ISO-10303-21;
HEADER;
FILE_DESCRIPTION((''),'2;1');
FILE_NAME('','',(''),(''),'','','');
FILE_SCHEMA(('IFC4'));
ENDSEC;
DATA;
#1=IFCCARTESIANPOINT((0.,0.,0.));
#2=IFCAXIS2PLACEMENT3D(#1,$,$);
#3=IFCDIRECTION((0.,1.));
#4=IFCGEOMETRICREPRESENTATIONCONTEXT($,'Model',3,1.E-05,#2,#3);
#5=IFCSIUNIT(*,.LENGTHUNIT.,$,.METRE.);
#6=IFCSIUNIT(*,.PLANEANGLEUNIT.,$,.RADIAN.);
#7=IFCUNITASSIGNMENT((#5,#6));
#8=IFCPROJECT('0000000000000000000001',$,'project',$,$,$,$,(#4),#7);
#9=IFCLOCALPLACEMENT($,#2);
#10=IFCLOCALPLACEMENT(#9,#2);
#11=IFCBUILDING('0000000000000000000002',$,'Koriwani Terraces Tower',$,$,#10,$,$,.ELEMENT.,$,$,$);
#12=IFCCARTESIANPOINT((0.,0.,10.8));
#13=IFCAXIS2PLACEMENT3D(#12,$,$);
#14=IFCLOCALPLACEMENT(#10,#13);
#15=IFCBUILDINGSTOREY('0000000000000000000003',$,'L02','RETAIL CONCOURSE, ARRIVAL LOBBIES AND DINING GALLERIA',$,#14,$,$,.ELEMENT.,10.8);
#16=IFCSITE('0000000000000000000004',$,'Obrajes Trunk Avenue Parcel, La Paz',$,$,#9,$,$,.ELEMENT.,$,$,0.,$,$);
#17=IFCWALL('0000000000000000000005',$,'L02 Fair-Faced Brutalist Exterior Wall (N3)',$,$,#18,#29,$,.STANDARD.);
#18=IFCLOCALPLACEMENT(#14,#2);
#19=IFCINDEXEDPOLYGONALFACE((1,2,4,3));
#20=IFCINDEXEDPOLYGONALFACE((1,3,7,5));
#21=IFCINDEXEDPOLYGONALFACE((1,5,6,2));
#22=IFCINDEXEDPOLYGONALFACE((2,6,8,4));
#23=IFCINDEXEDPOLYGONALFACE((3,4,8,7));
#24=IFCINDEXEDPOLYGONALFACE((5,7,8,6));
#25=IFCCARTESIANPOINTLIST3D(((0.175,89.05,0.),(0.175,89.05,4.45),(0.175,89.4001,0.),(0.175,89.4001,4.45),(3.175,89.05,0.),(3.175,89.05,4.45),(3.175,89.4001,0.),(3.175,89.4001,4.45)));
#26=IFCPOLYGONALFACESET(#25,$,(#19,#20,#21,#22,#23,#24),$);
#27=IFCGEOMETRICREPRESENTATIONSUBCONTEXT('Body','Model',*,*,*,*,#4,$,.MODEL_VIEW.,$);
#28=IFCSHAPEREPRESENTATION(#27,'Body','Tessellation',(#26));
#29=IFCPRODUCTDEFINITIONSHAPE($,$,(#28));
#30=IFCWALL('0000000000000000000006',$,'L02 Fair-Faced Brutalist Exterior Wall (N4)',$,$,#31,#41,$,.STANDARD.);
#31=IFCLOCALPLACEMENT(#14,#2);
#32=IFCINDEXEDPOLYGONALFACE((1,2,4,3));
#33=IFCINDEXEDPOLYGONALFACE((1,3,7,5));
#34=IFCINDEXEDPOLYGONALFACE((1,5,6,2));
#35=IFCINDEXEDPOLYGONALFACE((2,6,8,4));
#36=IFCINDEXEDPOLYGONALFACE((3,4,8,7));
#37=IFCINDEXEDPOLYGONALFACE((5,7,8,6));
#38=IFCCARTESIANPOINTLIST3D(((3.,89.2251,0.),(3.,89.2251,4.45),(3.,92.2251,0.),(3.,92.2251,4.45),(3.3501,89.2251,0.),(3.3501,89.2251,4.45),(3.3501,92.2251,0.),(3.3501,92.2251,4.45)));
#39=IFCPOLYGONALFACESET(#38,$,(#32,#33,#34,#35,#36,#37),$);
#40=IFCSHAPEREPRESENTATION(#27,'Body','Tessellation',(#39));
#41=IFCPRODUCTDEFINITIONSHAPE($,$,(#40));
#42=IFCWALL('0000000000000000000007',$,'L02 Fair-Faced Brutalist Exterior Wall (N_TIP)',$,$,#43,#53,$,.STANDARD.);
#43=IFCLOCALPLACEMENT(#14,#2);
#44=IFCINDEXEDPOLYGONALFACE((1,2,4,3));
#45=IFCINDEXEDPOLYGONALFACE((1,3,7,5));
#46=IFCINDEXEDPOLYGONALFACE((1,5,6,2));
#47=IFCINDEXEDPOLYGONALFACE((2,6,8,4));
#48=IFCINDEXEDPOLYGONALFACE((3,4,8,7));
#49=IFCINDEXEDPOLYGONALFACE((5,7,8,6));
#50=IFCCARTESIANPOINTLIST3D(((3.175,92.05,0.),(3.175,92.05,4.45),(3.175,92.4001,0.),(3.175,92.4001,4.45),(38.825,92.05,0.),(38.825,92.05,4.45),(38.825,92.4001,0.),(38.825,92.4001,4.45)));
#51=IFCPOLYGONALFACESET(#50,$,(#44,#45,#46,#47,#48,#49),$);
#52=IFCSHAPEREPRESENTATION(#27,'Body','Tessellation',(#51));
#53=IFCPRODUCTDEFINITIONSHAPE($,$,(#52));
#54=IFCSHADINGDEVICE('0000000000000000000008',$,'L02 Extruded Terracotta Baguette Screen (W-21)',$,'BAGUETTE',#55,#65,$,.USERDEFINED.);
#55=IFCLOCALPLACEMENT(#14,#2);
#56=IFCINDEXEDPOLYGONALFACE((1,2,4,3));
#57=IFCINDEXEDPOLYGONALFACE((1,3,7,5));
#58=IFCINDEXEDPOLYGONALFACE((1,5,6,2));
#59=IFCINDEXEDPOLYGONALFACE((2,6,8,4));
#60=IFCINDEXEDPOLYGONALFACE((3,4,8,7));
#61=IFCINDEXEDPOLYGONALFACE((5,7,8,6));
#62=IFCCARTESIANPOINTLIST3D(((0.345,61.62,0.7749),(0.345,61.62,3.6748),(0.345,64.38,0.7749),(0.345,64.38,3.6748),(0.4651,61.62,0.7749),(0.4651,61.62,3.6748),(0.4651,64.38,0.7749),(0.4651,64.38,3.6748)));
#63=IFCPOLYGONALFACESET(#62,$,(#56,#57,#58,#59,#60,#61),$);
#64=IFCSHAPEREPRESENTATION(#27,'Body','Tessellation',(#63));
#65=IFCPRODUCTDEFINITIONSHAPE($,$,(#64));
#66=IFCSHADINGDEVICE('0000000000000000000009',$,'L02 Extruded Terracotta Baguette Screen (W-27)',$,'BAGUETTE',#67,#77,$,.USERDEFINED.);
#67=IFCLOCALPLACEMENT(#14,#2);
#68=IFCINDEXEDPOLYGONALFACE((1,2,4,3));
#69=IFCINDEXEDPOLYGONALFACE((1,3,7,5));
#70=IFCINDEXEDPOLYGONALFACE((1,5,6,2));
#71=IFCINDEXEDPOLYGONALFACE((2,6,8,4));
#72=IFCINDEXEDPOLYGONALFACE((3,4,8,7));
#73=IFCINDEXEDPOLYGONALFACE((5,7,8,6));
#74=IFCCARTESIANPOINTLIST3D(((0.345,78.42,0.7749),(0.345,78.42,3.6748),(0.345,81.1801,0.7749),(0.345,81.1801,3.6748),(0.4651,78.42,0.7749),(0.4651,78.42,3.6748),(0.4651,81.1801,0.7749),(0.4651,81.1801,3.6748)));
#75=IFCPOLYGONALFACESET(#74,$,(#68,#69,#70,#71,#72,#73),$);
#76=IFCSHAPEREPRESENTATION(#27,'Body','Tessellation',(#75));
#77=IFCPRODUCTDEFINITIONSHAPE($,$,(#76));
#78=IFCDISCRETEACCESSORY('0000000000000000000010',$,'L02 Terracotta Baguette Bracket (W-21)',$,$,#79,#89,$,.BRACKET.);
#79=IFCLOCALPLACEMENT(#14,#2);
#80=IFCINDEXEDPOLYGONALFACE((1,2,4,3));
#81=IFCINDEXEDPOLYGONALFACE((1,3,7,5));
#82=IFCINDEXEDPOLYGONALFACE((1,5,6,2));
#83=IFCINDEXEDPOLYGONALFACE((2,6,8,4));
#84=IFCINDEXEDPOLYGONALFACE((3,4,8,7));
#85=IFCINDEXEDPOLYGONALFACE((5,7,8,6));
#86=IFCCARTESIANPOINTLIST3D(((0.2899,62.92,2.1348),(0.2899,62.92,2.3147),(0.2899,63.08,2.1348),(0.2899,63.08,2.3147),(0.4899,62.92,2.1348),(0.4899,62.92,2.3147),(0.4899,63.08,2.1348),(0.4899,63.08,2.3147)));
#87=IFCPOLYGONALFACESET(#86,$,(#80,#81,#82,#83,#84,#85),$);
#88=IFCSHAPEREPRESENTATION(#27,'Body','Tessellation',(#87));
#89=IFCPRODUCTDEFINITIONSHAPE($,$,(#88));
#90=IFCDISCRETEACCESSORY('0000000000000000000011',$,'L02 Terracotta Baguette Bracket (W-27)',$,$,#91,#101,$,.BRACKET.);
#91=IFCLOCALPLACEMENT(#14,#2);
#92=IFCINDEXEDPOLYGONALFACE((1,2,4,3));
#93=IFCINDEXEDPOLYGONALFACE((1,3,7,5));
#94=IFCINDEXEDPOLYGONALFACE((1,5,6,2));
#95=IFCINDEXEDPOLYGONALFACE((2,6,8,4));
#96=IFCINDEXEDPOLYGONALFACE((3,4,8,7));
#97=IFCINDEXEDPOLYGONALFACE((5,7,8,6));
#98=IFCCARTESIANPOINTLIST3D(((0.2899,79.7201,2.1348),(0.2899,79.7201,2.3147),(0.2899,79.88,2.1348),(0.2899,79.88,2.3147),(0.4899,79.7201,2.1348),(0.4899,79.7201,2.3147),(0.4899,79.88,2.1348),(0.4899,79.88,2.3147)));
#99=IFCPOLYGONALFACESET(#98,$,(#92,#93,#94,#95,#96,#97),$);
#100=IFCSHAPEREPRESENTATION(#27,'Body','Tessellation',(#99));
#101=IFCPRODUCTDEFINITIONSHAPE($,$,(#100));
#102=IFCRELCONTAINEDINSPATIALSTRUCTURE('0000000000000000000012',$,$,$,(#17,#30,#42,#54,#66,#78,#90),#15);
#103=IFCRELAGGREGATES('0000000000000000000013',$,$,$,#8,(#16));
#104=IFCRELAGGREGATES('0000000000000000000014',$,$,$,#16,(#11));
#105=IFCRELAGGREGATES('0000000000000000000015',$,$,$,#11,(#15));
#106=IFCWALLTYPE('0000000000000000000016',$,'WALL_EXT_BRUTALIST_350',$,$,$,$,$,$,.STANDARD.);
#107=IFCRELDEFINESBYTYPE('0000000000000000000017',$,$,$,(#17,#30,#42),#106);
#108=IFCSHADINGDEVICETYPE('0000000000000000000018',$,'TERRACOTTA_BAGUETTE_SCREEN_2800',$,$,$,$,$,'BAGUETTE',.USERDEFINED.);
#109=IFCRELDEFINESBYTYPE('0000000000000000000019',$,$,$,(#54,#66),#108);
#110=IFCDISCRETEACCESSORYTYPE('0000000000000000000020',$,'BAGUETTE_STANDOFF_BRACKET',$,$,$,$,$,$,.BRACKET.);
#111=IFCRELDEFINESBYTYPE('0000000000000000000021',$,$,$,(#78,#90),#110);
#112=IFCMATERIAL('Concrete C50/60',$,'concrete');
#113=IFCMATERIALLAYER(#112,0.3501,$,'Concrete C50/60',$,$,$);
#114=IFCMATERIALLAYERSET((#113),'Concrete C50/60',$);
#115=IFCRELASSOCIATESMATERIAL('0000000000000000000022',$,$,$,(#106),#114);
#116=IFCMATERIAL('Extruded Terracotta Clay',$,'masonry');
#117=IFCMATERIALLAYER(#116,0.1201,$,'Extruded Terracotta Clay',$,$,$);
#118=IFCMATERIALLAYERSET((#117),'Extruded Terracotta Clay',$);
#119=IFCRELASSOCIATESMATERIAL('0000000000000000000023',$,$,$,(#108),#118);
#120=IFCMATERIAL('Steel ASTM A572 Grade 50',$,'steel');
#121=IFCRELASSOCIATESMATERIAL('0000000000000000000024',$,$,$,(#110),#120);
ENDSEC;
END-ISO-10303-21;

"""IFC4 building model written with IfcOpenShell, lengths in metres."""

from ifc_helpers import new_model, si_unit, direction, frame, frame_2d, origin, origin_2d, place, context, subcontext, project, spatial, rectangle, extrude, material, layer, layer_set, type_object, element, save


model = new_model("IFC4")

# Units and contexts
model_context = context("Model", 3, precision=1e-05, world=origin(), true_north=direction((0.0, 1.0)))
body_context = subcontext(model_context, "Body", "Model", "MODEL_VIEW")
ifc_project = project(units=[si_unit("LENGTHUNIT", "METRE"), si_unit("PLANEANGLEUNIT", "RADIAN")], contexts=[model_context])

# Site, building, storey
site_placement = place(None, origin())
site = spatial("IfcSite", under=ifc_project, at=site_placement, Name="Obrajes Trunk Avenue Parcel, La Paz", CompositionType="ELEMENT", RefElevation=0.0)
building_placement = place(site_placement, origin())
building = spatial("IfcBuilding", under=site, at=building_placement, Name="Koriwani Terraces Tower", CompositionType="ELEMENT")
storey_placement = place(building_placement, frame((0.0, 0.0, 10.8)))
storey = spatial("IfcBuildingStorey", under=building, at=storey_placement, Name="L02", Description="RETAIL CONCOURSE, ARRIVAL LOBBIES AND DINING GALLERIA", CompositionType="ELEMENT", Elevation=10.8)

# Shared definitions
ifc_material_1 = material(Name="Steel ASTM A572 Grade 50", Category="steel")

# Walls
ifc_material_2 = material(Name="Concrete C50/60", Category="concrete")
ifc_layer_1 = layer(ifc_material_2, 0.3501, Name="Concrete C50/60")
ifc_layer_set_1 = layer_set([ifc_layer_1], Name="Concrete C50/60")
wall_type_1 = type_object("IfcWallType", Name="WALL_EXT_BRUTALIST_350", PredefinedType="STANDARD", material=ifc_layer_set_1)
for number, where, z_axis, x_axis, name in (
    (1, (0.175, 89.2251, 0.0), (0.0, 0.0, 1.0), (1.0, 0.0, 0.0), "L02 Fair-Faced Brutalist Exterior Wall (N3)"),
    (2, (3.175, 89.2251, 0.0), (0.0, 0.0, 1.0), (0.0, 1.0, 0.0), "L02 Fair-Faced Brutalist Exterior Wall (N4)"),
):
    element("IfcWall", number, at=place(storey_placement, frame(where, z_axis=z_axis, x_axis=x_axis)), inside=storey, type_object=wall_type_1, Name=name, PredefinedType="STANDARD", context=body_context, shape_type="SweptSolid", body=[
        extrude(rectangle(XDim=3.0, YDim=0.3501, at=frame_2d((1.5, 0.0))), origin(), (0.0, 0.0, 1.0), 4.45),
    ])
wall_1_placement = place(storey_placement, frame((3.175, 92.2251, 0.0), z_axis=(0.0, 0.0, 1.0), x_axis=(1.0, 0.0, 0.0)))
element("IfcWall", 3, at=wall_1_placement, inside=storey, type_object=wall_type_1, Name="L02 Fair-Faced Brutalist Exterior Wall (N_TIP)", PredefinedType="STANDARD", context=body_context, shape_type="SweptSolid", body=[
    extrude(rectangle(XDim=35.6499, YDim=0.3501, at=frame_2d((17.825, 0.0))), origin(), (0.0, 0.0, 1.0), 4.45),
])

# Shading devices
ifc_material_3 = material(Name="Extruded Terracotta Clay", Category="masonry")
ifc_layer_2 = layer(ifc_material_3, 0.1201, Name="Extruded Terracotta Clay")
ifc_layer_set_2 = layer_set([ifc_layer_2], Name="Extruded Terracotta Clay")
shading_device_type = type_object("IfcShadingDeviceType", Name="TERRACOTTA_BAGUETTE_SCREEN_2800", ElementType="BAGUETTE", PredefinedType="USERDEFINED", material=ifc_layer_set_2)
for number, where, z_axis, x_axis, name in (
    (4, (0.405, 63.0, 0.7749), (0.0, 0.0, 1.0), (0.0, 1.0, 0.0), "L02 Extruded Terracotta Baguette Screen (W-21)"),
    (5, (0.405, 79.8, 0.7749), (0.0, 0.0, 1.0), (0.0, 1.0, 0.0), "L02 Extruded Terracotta Baguette Screen (W-27)"),
):
    element("IfcShadingDevice", number, at=place(storey_placement, frame(where, z_axis=z_axis, x_axis=x_axis)), inside=storey, type_object=shading_device_type, Name=name, ObjectType="BAGUETTE", PredefinedType="USERDEFINED", context=body_context, shape_type="SweptSolid", body=[
        extrude(rectangle(XDim=2.76, YDim=0.1201, at=origin_2d()), origin(), (0.0, 0.0, 1.0), 2.8999),
    ])

# Discrete accessories
discrete_accessory_type = type_object("IfcDiscreteAccessoryType", Name="BAGUETTE_STANDOFF_BRACKET", PredefinedType="BRACKET", material=ifc_material_1)
for number, where, z_axis, x_axis, name in (
    (6, (0.3899, 63.0, 2.1348), (0.0, 0.0, 1.0), (0.0, 1.0, 0.0), "L02 Terracotta Baguette Bracket (W-21)"),
    (7, (0.3899, 79.8, 2.1348), (0.0, 0.0, 1.0), (0.0, 1.0, 0.0), "L02 Terracotta Baguette Bracket (W-27)"),
):
    element("IfcDiscreteAccessory", number, at=place(storey_placement, frame(where, z_axis=z_axis, x_axis=x_axis)), inside=storey, type_object=discrete_accessory_type, Name=name, PredefinedType="BRACKET", context=body_context, shape_type="SweptSolid", body=[
        extrude(rectangle(XDim=0.1599, YDim=0.2, at=origin_2d()), origin(), (0.0, 0.0, 1.0), 0.1799),
    ])

save(model, "model.ifc")
